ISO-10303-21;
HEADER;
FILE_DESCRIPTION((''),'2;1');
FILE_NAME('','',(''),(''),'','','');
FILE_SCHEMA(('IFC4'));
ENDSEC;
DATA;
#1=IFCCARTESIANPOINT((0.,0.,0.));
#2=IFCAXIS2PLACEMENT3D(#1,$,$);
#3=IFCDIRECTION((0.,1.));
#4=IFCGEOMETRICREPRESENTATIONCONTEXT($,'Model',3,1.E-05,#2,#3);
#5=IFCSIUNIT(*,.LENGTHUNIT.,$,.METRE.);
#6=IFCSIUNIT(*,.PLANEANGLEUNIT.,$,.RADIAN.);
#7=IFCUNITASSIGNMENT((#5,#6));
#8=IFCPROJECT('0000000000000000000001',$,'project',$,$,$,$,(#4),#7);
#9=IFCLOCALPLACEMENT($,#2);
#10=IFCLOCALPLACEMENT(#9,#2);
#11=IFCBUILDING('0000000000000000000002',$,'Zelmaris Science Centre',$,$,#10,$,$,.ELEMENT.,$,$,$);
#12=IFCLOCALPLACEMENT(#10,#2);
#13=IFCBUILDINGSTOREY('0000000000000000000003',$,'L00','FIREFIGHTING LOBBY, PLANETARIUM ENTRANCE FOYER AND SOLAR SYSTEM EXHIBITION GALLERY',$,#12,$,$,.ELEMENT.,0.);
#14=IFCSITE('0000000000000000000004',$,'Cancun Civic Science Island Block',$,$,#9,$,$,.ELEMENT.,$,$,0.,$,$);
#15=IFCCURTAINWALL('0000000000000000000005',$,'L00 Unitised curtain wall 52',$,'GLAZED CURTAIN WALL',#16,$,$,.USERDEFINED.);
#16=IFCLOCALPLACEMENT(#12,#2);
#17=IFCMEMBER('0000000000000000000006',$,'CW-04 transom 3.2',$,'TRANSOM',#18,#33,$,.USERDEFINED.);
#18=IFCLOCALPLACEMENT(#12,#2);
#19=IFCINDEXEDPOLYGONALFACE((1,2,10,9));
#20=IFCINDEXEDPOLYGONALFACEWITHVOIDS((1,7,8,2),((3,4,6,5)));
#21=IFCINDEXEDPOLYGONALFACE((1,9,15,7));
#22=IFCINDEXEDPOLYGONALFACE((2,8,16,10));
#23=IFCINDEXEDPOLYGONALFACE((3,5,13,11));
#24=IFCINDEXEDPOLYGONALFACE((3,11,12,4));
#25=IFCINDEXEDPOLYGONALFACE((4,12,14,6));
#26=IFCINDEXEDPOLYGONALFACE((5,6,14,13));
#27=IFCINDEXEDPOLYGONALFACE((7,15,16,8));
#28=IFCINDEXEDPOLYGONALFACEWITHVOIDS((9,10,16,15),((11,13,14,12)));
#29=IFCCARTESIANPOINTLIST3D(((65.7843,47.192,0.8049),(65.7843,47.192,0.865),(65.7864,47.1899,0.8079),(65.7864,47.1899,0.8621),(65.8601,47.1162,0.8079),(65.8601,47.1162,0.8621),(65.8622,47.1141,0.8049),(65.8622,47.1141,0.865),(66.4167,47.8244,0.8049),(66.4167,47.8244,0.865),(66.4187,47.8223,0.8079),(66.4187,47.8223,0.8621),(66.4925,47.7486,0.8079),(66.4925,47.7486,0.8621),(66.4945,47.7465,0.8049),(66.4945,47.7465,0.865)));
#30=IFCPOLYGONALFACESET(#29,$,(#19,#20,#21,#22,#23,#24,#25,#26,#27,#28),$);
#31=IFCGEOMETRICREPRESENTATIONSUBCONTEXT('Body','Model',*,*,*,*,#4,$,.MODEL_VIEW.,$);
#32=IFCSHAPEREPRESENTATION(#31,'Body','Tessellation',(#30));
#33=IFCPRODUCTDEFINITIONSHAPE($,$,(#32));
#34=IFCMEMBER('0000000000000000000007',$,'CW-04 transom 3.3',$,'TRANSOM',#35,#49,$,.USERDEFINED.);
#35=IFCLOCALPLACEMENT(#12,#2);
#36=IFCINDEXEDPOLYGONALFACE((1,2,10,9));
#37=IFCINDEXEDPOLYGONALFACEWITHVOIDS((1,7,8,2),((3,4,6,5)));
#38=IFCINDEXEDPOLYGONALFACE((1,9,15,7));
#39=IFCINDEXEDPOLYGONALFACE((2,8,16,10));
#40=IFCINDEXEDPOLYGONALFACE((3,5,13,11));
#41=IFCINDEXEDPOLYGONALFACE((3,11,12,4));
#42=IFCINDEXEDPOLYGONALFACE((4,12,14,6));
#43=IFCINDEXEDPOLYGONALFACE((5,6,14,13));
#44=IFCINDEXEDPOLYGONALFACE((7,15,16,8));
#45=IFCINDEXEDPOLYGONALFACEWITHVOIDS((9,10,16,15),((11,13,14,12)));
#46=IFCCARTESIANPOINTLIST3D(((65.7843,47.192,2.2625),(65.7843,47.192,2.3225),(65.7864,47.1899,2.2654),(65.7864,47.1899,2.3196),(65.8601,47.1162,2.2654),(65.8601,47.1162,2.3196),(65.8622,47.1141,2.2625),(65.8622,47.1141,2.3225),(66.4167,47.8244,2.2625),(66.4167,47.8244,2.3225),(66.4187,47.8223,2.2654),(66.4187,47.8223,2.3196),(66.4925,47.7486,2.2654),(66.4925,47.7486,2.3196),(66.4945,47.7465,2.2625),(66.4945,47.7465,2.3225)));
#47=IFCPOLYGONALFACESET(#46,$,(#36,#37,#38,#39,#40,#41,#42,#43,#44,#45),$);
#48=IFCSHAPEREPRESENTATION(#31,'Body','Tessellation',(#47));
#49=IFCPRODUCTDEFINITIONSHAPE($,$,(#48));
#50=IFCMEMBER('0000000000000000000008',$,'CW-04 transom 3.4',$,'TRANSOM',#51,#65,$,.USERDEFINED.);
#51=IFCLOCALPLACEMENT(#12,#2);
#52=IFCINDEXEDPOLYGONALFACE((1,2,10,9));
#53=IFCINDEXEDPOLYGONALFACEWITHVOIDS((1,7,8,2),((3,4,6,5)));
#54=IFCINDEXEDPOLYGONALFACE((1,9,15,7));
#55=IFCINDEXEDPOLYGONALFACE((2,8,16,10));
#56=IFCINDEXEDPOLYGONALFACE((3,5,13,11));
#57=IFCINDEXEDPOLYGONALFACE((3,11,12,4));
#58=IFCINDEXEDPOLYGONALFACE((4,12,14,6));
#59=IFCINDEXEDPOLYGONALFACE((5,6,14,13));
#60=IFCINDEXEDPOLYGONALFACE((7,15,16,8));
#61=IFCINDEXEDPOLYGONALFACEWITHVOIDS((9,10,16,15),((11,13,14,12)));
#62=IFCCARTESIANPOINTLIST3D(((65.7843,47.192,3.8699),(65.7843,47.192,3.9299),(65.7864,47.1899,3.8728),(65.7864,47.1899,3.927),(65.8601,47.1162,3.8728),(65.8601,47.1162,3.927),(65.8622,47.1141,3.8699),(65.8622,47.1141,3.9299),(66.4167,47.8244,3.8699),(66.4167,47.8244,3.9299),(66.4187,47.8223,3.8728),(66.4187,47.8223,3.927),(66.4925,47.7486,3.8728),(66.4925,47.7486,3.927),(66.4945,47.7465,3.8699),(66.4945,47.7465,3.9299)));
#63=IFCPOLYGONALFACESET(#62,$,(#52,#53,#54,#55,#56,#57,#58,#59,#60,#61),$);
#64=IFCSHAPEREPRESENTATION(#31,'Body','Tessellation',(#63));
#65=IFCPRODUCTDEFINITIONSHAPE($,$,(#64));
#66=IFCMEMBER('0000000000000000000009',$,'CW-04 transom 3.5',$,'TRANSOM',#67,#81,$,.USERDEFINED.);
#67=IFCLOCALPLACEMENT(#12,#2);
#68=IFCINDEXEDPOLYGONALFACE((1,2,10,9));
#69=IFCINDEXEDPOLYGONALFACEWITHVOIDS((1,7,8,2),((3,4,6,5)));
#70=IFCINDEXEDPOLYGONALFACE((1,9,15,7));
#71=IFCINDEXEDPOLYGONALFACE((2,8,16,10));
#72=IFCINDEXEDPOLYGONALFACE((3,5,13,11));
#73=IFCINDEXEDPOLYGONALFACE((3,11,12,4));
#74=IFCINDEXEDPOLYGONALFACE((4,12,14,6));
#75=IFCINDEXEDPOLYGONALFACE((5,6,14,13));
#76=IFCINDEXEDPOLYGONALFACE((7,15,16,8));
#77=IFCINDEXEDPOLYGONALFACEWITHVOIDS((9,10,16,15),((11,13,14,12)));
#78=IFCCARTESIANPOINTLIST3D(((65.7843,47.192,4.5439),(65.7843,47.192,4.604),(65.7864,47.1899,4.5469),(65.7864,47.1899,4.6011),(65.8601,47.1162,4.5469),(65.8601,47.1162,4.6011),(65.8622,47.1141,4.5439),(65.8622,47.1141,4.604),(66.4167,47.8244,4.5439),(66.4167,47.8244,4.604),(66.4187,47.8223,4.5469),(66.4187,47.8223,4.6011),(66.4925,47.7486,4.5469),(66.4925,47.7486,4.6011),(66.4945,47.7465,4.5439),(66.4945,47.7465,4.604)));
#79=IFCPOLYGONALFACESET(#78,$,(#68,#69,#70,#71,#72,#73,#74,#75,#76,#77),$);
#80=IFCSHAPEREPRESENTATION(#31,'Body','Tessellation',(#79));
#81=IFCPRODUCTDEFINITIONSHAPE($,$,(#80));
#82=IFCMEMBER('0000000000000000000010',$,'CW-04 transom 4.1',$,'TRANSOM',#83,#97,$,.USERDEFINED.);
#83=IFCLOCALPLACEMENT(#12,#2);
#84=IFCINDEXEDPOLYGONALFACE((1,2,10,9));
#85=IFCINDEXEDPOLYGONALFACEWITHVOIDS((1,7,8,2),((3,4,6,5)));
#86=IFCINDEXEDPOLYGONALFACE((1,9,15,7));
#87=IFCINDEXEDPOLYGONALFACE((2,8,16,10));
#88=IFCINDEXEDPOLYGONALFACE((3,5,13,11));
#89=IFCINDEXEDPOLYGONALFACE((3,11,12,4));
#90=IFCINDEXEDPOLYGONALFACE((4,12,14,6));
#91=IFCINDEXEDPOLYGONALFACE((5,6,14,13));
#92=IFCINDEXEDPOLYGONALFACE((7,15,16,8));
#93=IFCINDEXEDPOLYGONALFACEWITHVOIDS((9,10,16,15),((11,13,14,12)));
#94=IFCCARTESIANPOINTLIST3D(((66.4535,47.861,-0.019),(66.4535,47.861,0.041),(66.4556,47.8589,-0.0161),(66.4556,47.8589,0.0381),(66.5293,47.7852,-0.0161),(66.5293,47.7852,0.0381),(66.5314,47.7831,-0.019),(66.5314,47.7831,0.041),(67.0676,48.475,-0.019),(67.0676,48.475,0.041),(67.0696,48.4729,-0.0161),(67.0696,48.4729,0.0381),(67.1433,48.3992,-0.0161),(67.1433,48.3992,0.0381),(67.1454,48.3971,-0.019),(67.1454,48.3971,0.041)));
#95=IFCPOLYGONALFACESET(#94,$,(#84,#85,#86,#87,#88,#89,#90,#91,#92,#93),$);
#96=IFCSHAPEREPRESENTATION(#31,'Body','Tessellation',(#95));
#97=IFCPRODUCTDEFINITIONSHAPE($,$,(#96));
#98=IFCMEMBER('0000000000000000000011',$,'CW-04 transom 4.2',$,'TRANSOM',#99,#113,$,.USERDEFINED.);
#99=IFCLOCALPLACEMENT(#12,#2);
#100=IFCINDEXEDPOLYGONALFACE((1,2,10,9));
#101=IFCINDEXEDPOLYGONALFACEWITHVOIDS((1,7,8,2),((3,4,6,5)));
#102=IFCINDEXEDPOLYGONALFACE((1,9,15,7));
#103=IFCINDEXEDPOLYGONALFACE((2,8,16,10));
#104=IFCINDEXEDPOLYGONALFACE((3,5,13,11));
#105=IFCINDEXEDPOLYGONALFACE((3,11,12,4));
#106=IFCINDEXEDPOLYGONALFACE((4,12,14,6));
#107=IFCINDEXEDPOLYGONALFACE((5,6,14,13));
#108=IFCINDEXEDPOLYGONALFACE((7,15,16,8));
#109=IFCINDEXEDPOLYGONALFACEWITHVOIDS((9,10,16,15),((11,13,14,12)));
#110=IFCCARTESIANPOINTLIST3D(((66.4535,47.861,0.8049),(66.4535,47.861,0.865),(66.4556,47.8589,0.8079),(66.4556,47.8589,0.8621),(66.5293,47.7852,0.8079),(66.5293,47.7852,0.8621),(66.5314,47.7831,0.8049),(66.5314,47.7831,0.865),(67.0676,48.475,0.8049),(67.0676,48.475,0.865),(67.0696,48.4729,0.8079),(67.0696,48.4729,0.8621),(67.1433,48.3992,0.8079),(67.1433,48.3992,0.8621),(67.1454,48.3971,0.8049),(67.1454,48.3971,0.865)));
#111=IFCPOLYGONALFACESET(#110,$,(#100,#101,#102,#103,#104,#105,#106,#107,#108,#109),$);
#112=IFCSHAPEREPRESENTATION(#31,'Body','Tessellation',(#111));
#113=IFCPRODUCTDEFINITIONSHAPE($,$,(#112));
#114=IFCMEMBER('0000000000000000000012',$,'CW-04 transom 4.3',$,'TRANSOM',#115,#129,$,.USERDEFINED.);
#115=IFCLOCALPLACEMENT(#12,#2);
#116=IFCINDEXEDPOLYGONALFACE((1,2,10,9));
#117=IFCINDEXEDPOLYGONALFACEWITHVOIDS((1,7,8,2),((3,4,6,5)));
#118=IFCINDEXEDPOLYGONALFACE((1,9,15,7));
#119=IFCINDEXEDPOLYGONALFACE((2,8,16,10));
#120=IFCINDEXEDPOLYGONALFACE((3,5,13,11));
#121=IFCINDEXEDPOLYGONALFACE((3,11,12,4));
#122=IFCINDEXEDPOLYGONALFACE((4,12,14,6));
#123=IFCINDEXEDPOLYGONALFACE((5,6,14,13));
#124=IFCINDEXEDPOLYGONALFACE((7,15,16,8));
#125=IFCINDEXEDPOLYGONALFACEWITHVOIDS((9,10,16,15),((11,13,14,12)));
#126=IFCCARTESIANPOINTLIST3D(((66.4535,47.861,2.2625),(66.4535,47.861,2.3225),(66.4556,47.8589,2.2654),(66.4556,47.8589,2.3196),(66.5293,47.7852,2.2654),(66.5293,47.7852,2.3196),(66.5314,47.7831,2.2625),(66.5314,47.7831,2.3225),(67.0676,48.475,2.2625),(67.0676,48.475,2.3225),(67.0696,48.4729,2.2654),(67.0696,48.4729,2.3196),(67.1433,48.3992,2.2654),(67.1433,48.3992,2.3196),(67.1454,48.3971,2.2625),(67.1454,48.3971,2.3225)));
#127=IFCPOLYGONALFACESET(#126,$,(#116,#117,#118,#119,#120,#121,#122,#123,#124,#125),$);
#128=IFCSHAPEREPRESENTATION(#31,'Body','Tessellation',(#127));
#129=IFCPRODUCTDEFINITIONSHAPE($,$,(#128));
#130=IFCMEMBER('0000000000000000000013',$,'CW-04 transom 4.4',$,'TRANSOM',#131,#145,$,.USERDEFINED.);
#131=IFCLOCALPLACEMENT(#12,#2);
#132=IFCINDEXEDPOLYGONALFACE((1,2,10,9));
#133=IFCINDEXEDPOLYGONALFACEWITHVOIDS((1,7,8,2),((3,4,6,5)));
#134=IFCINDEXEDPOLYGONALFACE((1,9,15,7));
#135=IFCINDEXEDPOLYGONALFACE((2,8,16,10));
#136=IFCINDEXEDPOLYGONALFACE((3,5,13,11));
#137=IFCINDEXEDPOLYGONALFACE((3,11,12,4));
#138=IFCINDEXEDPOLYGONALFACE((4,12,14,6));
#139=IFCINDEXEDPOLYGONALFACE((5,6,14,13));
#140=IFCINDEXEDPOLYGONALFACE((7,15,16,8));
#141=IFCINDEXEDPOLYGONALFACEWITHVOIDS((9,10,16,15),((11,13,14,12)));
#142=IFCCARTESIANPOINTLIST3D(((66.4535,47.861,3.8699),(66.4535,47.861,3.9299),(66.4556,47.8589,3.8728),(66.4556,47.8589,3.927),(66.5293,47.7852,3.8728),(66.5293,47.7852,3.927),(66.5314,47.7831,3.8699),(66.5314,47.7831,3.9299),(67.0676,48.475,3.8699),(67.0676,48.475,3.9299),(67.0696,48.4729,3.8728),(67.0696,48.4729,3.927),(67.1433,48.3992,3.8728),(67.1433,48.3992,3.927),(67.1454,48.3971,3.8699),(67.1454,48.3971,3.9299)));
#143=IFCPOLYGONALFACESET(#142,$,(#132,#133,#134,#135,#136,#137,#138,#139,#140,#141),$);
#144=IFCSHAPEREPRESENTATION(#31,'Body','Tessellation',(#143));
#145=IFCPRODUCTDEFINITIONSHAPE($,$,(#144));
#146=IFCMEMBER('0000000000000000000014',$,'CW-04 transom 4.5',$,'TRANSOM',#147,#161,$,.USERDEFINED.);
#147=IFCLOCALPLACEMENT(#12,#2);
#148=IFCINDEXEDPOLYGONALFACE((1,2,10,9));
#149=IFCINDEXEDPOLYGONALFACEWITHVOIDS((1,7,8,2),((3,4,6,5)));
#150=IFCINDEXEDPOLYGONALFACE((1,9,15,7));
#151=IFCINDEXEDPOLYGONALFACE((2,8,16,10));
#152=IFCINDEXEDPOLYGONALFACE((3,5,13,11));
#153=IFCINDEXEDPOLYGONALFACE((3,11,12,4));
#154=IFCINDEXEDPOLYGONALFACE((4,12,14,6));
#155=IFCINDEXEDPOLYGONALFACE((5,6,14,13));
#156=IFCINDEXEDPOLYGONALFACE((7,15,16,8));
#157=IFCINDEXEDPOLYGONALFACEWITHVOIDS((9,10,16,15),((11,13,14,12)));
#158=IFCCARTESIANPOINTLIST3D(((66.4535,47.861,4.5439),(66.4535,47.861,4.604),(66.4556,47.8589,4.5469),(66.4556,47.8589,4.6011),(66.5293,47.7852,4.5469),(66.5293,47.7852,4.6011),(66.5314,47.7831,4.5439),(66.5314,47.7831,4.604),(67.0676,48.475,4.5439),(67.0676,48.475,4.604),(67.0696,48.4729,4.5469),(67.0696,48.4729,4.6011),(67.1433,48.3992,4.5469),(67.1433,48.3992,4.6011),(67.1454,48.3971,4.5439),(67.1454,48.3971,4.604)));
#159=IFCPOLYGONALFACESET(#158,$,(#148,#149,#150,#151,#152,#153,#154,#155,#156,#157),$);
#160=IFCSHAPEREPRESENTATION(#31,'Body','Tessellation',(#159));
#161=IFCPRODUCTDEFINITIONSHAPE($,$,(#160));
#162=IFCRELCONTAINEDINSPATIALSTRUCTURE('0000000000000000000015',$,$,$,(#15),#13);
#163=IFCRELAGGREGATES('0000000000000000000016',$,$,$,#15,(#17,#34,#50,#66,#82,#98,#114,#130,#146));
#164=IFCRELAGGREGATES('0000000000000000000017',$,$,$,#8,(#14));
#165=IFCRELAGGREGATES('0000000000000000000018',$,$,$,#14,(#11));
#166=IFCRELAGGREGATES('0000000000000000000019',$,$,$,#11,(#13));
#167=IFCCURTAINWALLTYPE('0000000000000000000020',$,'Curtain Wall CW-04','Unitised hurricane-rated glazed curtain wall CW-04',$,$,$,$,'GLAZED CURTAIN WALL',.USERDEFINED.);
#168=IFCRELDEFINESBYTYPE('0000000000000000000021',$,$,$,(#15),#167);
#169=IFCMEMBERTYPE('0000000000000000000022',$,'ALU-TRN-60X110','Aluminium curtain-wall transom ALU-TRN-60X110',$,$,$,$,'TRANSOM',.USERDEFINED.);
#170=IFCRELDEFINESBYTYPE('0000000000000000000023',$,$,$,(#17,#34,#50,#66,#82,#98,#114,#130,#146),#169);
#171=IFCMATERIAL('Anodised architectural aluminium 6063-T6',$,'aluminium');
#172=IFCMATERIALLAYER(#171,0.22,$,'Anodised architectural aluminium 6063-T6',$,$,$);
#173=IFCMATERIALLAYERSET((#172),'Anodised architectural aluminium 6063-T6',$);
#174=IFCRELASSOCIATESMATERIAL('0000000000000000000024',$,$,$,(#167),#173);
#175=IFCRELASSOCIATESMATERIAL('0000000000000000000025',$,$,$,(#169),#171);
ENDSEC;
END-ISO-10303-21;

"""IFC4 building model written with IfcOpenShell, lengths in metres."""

from ifc_helpers import new_model, si_unit, direction, frame, origin, origin_2d, place, context, subcontext, project, spatial, hollow_rectangle, extrude, material, layer, layer_set, material_profile, profile_set, type_object, element, aggregate, save


model = new_model("IFC4")

# Units and contexts
model_context = context("Model", 3, precision=1e-05, world=origin(), true_north=direction((0.0, 1.0)))
body_context = subcontext(model_context, "Body", "Model", "MODEL_VIEW")
ifc_project = project(units=[si_unit("LENGTHUNIT", "METRE"), si_unit("PLANEANGLEUNIT", "RADIAN")], contexts=[model_context])

# Site, building, storey
site_placement = place(None, origin())
site = spatial("IfcSite", under=ifc_project, at=site_placement, Name="Cancun Civic Science Island Block", CompositionType="ELEMENT", RefElevation=0.0)
building_placement = place(site_placement, origin())
building = spatial("IfcBuilding", under=site, at=building_placement, Name="Zelmaris Science Centre", CompositionType="ELEMENT")
storey_placement = place(building_placement, origin())
storey = spatial("IfcBuildingStorey", under=building, at=storey_placement, Name="L00", Description="FIREFIGHTING LOBBY, PLANETARIUM ENTRANCE FOYER AND SOLAR SYSTEM EXHIBITION GALLERY", CompositionType="ELEMENT", Elevation=0.0)

# Curtain wall
ifc_material_1 = material(Name="Anodised architectural aluminium 6063-T6", Category="aluminium")
ifc_layer_1 = layer(ifc_material_1, 0.22, Name="Anodised architectural aluminium 6063-T6")
ifc_layer_set_1 = layer_set([ifc_layer_1], Name="Anodised architectural aluminium 6063-T6")
curtain_wall_type_1 = type_object("IfcCurtainWallType", Name="Curtain Wall CW-04", Description="Unitised hurricane-rated glazed curtain wall CW-04", ElementType="GLAZED CURTAIN WALL", PredefinedType="USERDEFINED", material=ifc_layer_set_1)
curtain_wall_1_placement = place(storey_placement, origin())
curtain_wall_1 = element("IfcCurtainWall", 1, at=curtain_wall_1_placement, inside=storey, type_object=curtain_wall_type_1, Name="L00 Unitised curtain wall 52", ObjectType="GLAZED CURTAIN WALL", PredefinedType="USERDEFINED")

# Members
ifc_material_profile_1 = material_profile(ifc_material_1, hollow_rectangle(XDim=0.0601, YDim=0.1101, WallThickness=0.0029, at=origin_2d()), Name="ALU-TRN-60X110")
ifc_profile_set_1 = profile_set([ifc_material_profile_1], Name="Anodised architectural aluminium 6063-T6")
member_type_1 = type_object("IfcMemberType", Name="ALU-TRN-60X110", Description="Aluminium curtain-wall transom ALU-TRN-60X110", ElementType="TRANSOM", PredefinedType="USERDEFINED", material=ifc_profile_set_1)
member_1_placement = place(storey_placement, frame((65.8232, 47.1531, 0.835), z_axis=(0.707107, 0.707107, 0.0), x_axis=(0.0, 0.0, 1.0)))
member_1 = element("IfcMember", 2, at=member_1_placement, type_object=member_type_1, Name="CW-04 transom 3.2", ObjectType="TRANSOM", PredefinedType="USERDEFINED", context=body_context, shape_type="SweptSolid", body=[
    extrude(hollow_rectangle(XDim=0.0601, YDim=0.1101, WallThickness=0.0029, at=origin_2d()), origin(), (0.0, 0.0, 1.0), 0.8943),
])
member_2_placement = place(storey_placement, frame((65.8232, 47.1531, 2.2925), z_axis=(0.707107, 0.707107, 0.0), x_axis=(0.0, 0.0, 1.0)))
member_2 = element("IfcMember", 3, at=member_2_placement, type_object=member_type_1, Name="CW-04 transom 3.3", ObjectType="TRANSOM", PredefinedType="USERDEFINED", context=body_context, shape_type="SweptSolid", body=[
    extrude(hollow_rectangle(XDim=0.0601, YDim=0.1101, WallThickness=0.0029, at=origin_2d()), origin(), (0.0, 0.0, 1.0), 0.8943),
])
member_3_placement = place(storey_placement, frame((65.8232, 47.1531, 3.8999), z_axis=(0.707107, 0.707107, 0.0), x_axis=(0.0, 0.0, 1.0)))
member_3 = element("IfcMember", 4, at=member_3_placement, type_object=member_type_1, Name="CW-04 transom 3.4", ObjectType="TRANSOM", PredefinedType="USERDEFINED", context=body_context, shape_type="SweptSolid", body=[
    extrude(hollow_rectangle(XDim=0.0601, YDim=0.1101, WallThickness=0.0029, at=origin_2d()), origin(), (0.0, 0.0, 1.0), 0.8943),
])
member_4_placement = place(storey_placement, frame((65.8232, 47.1531, 4.574), z_axis=(0.707107, 0.707107, 0.0), x_axis=(0.0, 0.0, 1.0)))
member_4 = element("IfcMember", 5, at=member_4_placement, type_object=member_type_1, Name="CW-04 transom 3.5", ObjectType="TRANSOM", PredefinedType="USERDEFINED", context=body_context, shape_type="SweptSolid", body=[
    extrude(hollow_rectangle(XDim=0.0601, YDim=0.1101, WallThickness=0.0029, at=origin_2d()), origin(), (0.0, 0.0, 1.0), 0.8943),
])
member_5_placement = place(storey_placement, frame((66.4924, 47.822, 0.011), z_axis=(0.707107, 0.707107, 0.0), x_axis=(0.0, 0.0, 1.0)))
member_5 = element("IfcMember", 6, at=member_5_placement, type_object=member_type_1, Name="CW-04 transom 4.1", ObjectType="TRANSOM", PredefinedType="USERDEFINED", context=body_context, shape_type="SweptSolid", body=[
    extrude(hollow_rectangle(XDim=0.0601, YDim=0.1101, WallThickness=0.0029, at=origin_2d()), origin(), (0.0, 0.0, 1.0), 0.8684),
])
member_6_placement = place(storey_placement, frame((66.4924, 47.822, 0.835), z_axis=(0.707107, 0.707107, 0.0), x_axis=(0.0, 0.0, 1.0)))
member_6 = element("IfcMember", 7, at=member_6_placement, type_object=member_type_1, Name="CW-04 transom 4.2", ObjectType="TRANSOM", PredefinedType="USERDEFINED", context=body_context, shape_type="SweptSolid", body=[
    extrude(hollow_rectangle(XDim=0.0601, YDim=0.1101, WallThickness=0.0029, at=origin_2d()), origin(), (0.0, 0.0, 1.0), 0.8684),
])
member_7_placement = place(storey_placement, frame((66.4924, 47.822, 2.2925), z_axis=(0.707107, 0.707107, 0.0), x_axis=(0.0, 0.0, 1.0)))
member_7 = element("IfcMember", 8, at=member_7_placement, type_object=member_type_1, Name="CW-04 transom 4.3", ObjectType="TRANSOM", PredefinedType="USERDEFINED", context=body_context, shape_type="SweptSolid", body=[
    extrude(hollow_rectangle(XDim=0.0601, YDim=0.1101, WallThickness=0.0029, at=origin_2d()), origin(), (0.0, 0.0, 1.0), 0.8684),
])
member_8_placement = place(storey_placement, frame((66.4924, 47.822, 3.8999), z_axis=(0.707107, 0.707107, 0.0), x_axis=(0.0, 0.0, 1.0)))
member_8 = element("IfcMember", 9, at=member_8_placement, type_object=member_type_1, Name="CW-04 transom 4.4", ObjectType="TRANSOM", PredefinedType="USERDEFINED", context=body_context, shape_type="SweptSolid", body=[
    extrude(hollow_rectangle(XDim=0.0601, YDim=0.1101, WallThickness=0.0029, at=origin_2d()), origin(), (0.0, 0.0, 1.0), 0.8684),
])
member_9_placement = place(storey_placement, frame((66.4924, 47.822, 4.574), z_axis=(0.707107, 0.707107, 0.0), x_axis=(0.0, 0.0, 1.0)))
member_9 = element("IfcMember", 10, at=member_9_placement, type_object=member_type_1, Name="CW-04 transom 4.5", ObjectType="TRANSOM", PredefinedType="USERDEFINED", context=body_context, shape_type="SweptSolid", body=[
    extrude(hollow_rectangle(XDim=0.0601, YDim=0.1101, WallThickness=0.0029, at=origin_2d()), origin(), (0.0, 0.0, 1.0), 0.8684),
])

aggregate(curtain_wall_1, [member_1, member_2, member_3, member_4, member_5, member_6, member_7, member_8, member_9])

save(model, "model.ifc")
